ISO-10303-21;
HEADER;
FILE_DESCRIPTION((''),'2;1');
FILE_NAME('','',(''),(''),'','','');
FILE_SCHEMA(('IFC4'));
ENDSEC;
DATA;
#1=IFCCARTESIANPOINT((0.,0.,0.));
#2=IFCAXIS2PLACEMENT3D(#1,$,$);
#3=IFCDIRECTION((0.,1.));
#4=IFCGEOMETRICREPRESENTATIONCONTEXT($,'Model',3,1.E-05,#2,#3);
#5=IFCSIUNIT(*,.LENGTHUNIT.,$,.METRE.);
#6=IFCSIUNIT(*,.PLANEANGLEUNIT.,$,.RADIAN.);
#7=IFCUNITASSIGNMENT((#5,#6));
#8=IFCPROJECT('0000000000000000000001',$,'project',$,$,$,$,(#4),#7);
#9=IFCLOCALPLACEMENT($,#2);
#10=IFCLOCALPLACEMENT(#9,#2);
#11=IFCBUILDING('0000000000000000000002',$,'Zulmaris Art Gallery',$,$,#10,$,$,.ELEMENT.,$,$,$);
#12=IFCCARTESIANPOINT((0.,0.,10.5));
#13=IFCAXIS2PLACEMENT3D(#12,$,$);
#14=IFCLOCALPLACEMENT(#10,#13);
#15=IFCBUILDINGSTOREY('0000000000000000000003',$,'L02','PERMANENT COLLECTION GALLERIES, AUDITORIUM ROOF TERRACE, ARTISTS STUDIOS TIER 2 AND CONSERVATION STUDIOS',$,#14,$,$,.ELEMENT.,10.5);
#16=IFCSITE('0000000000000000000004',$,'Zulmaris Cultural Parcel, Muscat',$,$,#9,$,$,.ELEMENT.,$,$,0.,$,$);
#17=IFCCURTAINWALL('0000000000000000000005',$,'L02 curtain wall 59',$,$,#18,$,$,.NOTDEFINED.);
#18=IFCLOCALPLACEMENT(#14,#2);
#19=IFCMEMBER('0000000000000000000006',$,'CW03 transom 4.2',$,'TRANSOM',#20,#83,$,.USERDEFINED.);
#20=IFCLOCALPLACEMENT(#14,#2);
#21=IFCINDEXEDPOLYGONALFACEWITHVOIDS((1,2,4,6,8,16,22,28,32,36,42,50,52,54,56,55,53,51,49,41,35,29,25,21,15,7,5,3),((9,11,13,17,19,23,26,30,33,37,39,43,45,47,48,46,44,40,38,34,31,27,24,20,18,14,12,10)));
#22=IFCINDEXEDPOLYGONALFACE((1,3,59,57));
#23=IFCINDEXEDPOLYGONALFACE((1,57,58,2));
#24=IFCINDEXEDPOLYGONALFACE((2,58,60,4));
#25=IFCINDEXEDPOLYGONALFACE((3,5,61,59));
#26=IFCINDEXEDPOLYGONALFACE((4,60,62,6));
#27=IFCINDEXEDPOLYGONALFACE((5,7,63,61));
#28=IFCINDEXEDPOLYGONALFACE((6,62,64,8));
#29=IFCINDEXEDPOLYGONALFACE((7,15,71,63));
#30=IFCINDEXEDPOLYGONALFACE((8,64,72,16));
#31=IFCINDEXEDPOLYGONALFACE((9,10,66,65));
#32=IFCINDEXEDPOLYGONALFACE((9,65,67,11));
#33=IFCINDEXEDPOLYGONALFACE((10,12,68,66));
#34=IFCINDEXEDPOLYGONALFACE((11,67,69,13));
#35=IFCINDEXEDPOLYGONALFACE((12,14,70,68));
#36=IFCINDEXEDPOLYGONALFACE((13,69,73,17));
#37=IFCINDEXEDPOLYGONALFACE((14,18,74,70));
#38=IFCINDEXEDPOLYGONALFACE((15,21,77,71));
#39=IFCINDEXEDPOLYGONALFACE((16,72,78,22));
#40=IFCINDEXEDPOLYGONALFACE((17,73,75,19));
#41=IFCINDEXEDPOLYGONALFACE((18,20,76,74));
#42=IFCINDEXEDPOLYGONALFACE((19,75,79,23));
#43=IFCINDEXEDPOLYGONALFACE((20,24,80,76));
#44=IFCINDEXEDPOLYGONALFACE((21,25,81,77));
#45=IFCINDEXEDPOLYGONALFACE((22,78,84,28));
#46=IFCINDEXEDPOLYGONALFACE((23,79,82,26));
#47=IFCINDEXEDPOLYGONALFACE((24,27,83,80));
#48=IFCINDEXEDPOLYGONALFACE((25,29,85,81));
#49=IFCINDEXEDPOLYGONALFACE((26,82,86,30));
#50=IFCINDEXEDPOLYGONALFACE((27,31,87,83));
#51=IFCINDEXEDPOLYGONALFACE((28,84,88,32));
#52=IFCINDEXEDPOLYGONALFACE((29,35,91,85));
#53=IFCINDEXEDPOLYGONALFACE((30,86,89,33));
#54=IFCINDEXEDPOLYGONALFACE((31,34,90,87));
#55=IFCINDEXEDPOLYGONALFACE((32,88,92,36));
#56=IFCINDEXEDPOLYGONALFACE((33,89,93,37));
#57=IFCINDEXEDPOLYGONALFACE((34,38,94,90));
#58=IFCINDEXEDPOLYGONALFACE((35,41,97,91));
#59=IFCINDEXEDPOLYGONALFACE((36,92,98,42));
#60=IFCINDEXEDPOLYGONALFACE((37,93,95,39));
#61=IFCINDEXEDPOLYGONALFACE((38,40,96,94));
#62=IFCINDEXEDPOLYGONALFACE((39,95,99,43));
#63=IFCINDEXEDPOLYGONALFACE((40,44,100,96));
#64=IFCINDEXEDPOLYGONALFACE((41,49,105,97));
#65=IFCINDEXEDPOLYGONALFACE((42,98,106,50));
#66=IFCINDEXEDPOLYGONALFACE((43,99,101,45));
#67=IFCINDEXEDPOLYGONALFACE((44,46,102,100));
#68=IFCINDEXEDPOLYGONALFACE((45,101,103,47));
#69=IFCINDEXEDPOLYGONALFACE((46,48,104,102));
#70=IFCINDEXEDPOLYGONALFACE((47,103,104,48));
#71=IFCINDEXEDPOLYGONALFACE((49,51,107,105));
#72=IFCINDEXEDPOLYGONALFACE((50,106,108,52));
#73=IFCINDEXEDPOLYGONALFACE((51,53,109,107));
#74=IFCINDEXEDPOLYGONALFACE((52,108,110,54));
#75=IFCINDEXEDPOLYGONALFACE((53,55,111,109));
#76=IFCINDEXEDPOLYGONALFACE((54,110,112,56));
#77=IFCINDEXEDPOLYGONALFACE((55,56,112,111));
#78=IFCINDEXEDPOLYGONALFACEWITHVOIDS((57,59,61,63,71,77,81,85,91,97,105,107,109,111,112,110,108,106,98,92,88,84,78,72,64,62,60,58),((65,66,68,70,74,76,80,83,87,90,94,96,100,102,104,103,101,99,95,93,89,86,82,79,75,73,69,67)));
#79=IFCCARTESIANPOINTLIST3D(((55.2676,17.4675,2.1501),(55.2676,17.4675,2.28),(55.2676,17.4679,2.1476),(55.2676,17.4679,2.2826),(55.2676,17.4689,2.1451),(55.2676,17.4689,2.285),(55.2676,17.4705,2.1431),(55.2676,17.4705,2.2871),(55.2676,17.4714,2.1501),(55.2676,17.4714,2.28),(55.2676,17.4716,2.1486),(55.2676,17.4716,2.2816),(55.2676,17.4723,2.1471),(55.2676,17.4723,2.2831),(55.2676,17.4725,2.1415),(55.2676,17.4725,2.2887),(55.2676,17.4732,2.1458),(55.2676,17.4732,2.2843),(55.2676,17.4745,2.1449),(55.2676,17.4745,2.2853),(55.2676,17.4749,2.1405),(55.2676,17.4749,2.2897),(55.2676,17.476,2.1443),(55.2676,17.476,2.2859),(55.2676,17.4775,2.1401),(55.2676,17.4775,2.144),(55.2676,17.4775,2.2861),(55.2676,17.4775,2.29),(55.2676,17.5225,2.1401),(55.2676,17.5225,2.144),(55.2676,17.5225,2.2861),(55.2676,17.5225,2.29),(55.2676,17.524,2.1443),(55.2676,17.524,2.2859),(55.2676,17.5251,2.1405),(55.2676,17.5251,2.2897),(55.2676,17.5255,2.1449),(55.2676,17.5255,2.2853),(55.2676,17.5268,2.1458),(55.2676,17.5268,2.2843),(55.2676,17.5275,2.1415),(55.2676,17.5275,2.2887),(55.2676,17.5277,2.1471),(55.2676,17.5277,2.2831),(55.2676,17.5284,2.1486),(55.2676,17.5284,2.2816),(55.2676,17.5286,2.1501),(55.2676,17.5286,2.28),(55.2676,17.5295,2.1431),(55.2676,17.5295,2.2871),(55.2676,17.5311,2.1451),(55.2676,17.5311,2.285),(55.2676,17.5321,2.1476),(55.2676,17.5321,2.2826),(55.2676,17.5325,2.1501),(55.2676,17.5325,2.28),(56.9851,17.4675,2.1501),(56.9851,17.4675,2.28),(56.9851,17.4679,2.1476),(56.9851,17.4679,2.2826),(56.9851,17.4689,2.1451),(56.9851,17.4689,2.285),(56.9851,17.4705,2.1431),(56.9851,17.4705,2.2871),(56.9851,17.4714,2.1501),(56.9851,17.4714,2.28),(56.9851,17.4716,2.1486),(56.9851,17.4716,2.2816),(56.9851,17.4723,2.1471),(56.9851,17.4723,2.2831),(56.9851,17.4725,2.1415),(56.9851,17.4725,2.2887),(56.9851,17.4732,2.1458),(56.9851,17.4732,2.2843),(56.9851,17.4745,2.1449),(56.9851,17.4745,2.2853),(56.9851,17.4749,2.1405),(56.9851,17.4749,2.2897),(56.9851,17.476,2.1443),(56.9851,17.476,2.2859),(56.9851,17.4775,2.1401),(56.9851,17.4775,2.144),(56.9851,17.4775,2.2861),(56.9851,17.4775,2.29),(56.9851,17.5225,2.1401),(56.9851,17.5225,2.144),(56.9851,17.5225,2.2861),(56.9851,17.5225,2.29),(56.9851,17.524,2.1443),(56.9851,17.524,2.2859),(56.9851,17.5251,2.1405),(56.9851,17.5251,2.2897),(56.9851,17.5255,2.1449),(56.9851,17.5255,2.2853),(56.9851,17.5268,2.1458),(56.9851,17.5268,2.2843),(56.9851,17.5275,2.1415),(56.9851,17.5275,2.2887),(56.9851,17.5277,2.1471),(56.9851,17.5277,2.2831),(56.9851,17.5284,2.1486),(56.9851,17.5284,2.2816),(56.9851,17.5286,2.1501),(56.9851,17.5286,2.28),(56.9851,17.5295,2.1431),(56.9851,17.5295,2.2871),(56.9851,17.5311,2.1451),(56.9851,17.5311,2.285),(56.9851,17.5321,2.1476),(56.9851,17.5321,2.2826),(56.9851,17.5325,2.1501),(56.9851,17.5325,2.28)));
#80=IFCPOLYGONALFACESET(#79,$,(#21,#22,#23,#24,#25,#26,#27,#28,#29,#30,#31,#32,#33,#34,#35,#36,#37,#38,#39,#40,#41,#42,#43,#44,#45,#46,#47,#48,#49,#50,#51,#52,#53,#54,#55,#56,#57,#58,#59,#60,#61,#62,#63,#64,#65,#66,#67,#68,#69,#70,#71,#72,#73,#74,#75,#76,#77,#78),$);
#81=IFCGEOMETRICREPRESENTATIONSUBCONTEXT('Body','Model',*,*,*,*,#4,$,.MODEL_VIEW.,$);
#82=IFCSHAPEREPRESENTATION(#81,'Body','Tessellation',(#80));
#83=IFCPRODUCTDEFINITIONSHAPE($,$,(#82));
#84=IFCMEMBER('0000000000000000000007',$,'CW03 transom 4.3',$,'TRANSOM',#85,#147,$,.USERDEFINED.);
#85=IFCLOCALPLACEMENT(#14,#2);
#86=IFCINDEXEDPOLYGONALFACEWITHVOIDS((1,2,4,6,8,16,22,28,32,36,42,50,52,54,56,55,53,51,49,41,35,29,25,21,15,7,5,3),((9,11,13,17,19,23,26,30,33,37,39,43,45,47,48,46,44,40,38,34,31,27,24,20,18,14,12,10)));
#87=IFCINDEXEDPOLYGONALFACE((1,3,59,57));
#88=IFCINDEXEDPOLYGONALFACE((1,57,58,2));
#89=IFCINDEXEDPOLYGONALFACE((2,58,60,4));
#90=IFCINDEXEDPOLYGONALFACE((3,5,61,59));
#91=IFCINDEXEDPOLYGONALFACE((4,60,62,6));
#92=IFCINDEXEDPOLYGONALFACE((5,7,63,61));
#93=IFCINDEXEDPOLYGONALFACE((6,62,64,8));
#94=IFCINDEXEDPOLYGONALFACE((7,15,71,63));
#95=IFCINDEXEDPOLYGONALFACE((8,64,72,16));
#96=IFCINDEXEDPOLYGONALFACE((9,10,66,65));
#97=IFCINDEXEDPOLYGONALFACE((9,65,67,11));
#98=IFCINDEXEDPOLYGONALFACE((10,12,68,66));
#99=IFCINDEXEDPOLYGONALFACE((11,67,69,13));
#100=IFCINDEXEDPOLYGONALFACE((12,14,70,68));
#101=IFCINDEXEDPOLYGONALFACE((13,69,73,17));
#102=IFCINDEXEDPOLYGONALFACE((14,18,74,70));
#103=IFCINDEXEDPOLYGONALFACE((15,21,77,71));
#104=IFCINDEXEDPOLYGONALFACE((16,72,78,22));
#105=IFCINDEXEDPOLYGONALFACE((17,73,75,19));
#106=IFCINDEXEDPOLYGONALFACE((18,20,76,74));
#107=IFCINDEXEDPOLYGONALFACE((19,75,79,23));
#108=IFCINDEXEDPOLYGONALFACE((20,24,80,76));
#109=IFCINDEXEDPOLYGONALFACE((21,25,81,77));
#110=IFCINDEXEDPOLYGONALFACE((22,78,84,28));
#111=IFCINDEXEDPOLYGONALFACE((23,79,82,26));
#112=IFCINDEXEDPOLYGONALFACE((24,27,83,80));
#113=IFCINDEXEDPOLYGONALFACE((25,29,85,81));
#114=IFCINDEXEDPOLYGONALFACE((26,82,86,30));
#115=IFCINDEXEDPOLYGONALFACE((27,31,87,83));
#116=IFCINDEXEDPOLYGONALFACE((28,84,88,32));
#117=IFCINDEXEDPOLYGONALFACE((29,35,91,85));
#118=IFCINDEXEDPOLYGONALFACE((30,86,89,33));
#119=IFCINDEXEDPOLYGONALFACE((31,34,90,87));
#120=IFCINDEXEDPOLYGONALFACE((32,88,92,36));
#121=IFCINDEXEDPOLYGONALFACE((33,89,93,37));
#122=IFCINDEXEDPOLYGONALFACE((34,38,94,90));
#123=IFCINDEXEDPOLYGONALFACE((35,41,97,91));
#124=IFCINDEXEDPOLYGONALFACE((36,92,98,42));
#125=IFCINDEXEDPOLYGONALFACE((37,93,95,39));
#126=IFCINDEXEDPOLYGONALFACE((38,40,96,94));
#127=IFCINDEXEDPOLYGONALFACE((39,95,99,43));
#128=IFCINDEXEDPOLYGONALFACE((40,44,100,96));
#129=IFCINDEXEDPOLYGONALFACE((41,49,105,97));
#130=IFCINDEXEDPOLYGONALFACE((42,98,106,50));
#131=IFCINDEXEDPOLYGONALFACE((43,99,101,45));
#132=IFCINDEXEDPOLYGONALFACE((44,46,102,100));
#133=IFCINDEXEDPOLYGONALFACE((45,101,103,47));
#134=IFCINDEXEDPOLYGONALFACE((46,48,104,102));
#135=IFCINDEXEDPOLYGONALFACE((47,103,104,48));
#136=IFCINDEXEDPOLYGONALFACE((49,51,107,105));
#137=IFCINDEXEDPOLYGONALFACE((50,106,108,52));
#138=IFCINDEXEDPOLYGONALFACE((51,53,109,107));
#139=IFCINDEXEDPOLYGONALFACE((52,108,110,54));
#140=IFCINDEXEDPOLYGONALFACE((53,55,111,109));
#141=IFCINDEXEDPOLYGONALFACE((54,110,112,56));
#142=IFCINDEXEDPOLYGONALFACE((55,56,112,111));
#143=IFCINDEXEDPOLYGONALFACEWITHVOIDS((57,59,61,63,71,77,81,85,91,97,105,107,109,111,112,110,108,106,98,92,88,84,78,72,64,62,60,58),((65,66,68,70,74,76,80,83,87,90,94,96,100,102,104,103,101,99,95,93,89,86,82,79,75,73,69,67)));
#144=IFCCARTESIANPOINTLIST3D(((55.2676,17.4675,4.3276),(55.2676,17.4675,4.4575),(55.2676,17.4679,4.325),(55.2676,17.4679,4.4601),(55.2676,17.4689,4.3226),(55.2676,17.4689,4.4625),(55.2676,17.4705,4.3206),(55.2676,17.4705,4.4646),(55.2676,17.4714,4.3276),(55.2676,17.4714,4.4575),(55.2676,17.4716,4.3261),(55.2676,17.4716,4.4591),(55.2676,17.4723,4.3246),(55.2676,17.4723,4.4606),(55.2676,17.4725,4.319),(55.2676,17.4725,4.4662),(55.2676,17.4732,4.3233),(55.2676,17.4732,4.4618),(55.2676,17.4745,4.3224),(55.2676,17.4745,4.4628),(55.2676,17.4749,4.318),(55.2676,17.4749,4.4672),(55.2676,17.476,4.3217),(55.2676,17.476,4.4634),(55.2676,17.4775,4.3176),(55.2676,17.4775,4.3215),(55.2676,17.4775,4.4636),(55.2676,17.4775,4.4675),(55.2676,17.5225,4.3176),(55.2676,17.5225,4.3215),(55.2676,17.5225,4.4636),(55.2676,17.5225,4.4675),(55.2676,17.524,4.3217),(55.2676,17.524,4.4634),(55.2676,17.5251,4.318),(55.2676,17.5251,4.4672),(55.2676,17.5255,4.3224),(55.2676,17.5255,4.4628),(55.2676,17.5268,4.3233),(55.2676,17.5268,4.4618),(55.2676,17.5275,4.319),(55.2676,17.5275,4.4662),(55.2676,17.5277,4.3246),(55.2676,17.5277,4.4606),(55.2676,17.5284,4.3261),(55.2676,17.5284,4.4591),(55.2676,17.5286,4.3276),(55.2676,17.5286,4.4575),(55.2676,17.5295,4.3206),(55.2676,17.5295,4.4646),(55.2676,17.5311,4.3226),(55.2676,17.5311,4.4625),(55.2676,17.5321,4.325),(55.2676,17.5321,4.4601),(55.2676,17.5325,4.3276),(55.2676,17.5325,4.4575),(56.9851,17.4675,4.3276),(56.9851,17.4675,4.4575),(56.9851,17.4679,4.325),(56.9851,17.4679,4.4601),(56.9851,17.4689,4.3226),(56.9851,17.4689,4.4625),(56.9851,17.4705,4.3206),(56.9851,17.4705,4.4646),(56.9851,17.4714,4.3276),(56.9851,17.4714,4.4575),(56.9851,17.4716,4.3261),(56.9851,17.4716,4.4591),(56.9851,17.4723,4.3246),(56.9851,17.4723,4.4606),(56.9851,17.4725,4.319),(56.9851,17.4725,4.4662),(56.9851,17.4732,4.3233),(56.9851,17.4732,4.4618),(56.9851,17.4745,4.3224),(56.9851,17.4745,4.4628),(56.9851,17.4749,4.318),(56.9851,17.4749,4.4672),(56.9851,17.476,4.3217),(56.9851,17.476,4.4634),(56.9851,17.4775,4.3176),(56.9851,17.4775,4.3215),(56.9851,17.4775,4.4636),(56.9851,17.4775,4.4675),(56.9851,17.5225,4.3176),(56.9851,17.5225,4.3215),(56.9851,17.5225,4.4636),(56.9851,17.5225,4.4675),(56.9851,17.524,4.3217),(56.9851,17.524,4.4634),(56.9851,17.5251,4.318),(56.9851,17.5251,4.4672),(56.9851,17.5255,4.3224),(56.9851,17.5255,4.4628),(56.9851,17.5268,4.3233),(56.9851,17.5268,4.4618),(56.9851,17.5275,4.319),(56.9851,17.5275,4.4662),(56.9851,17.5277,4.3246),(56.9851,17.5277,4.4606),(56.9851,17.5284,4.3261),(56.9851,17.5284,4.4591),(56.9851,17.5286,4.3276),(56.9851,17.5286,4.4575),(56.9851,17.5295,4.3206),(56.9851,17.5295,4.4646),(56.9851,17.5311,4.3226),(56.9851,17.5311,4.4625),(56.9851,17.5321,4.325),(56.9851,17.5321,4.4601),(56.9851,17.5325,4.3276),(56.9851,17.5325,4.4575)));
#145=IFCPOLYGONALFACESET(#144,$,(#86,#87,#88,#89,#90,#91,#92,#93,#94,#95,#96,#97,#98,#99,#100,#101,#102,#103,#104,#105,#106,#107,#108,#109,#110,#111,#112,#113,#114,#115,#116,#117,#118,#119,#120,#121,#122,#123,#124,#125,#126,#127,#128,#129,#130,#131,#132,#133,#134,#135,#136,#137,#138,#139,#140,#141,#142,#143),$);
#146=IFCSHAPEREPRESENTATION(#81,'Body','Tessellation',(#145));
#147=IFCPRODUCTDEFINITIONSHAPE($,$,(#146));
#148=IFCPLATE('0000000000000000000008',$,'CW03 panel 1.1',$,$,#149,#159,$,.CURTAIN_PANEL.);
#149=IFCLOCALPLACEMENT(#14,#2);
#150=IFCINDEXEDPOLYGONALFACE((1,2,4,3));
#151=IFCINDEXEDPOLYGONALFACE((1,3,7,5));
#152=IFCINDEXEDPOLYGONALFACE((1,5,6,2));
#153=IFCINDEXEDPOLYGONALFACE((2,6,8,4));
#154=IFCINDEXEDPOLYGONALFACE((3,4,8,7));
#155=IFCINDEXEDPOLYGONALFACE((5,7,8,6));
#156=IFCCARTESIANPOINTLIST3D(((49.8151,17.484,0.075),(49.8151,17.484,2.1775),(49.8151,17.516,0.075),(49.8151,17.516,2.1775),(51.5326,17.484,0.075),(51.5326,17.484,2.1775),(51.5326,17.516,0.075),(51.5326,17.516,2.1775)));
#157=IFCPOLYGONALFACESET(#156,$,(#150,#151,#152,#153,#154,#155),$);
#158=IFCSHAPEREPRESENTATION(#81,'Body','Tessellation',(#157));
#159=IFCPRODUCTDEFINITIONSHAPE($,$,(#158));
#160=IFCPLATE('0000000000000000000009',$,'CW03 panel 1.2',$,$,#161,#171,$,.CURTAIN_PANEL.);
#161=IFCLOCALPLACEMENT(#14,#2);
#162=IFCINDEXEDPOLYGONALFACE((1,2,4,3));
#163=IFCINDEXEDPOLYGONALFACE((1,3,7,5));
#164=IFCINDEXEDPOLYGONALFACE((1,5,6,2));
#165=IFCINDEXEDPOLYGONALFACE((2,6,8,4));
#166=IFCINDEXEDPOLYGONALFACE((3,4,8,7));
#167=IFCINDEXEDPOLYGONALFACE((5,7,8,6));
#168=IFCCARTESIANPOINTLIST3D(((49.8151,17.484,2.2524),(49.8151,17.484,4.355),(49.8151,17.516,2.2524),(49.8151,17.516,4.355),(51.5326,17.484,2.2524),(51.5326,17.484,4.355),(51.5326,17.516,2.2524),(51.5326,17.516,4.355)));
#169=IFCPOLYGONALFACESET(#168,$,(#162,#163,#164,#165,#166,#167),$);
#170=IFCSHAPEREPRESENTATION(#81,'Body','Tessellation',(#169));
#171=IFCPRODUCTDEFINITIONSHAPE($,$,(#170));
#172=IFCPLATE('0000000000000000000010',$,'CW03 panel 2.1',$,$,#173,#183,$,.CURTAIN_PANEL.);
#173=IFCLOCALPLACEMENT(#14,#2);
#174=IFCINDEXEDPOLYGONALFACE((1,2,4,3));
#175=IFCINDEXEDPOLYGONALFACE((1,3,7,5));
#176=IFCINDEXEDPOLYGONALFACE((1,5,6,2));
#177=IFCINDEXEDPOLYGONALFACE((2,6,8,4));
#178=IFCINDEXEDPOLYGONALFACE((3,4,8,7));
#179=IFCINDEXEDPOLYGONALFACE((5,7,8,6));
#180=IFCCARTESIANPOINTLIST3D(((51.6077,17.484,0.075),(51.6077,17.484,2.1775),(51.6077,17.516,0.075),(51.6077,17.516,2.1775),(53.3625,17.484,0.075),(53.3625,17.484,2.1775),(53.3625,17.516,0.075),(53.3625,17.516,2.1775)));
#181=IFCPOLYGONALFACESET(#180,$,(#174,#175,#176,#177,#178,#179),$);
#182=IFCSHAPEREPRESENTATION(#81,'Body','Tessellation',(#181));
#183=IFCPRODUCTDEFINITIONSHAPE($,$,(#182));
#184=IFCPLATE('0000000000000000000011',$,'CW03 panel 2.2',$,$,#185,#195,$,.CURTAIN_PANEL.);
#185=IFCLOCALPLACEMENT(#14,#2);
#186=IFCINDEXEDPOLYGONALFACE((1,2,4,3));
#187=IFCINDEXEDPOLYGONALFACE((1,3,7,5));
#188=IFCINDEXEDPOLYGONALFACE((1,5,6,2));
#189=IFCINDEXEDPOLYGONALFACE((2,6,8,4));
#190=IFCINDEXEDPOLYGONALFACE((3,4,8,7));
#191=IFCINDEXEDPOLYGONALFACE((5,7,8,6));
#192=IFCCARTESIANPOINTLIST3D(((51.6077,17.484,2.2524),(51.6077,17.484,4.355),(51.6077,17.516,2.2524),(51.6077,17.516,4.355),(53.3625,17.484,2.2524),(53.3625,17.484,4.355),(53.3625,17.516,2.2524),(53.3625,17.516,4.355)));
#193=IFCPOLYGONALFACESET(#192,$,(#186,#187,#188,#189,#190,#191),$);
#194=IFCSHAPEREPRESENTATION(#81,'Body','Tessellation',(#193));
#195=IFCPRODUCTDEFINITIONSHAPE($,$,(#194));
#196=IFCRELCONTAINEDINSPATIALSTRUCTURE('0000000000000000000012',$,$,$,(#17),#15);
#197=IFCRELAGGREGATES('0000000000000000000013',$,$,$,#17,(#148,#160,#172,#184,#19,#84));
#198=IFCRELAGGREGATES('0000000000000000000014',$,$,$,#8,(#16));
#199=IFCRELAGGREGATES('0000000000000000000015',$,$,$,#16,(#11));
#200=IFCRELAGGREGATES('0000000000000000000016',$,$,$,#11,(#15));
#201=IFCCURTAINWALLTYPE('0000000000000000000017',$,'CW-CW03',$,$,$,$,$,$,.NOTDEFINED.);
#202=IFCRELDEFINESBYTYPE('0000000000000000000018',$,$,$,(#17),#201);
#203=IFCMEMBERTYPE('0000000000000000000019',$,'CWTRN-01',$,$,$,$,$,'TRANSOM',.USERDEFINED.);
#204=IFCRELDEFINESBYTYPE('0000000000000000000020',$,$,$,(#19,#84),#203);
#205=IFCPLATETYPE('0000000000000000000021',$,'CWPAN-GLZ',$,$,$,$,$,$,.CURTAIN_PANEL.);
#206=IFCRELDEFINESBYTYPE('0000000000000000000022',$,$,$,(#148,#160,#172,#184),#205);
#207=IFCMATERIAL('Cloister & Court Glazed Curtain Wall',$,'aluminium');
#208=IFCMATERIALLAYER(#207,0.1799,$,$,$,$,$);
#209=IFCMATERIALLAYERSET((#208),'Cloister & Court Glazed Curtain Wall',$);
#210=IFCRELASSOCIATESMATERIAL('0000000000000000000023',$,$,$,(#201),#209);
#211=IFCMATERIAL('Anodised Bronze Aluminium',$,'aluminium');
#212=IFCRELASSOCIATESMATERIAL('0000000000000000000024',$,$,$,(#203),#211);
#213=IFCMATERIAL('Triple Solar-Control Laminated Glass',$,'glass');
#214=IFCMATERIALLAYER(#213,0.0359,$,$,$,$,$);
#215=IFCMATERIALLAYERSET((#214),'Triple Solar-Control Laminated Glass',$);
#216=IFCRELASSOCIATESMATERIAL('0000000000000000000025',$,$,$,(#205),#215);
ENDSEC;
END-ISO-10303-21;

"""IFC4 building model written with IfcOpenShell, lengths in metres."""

from ifc_helpers import new_model, si_unit, direction, frame, origin, origin_2d, place, context, subcontext, project, spatial, rectangle, hollow_rectangle, extrude, material, layer, layer_set, material_profile, profile_set, type_object, element, aggregate, save


model = new_model("IFC4")

# Units and contexts
model_context = context("Model", 3, precision=1e-05, world=origin(), true_north=direction((0.0, 1.0)))
body_context = subcontext(model_context, "Body", "Model", "MODEL_VIEW")
ifc_project = project(units=[si_unit("LENGTHUNIT", "METRE"), si_unit("PLANEANGLEUNIT", "RADIAN")], contexts=[model_context])

# Site, building, storey
site_placement = place(None, origin())
site = spatial("IfcSite", under=ifc_project, at=site_placement, Name="Zulmaris Cultural Parcel, Muscat", CompositionType="ELEMENT", RefElevation=0.0)
building_placement = place(site_placement, origin())
building = spatial("IfcBuilding", under=site, at=building_placement, Name="Zulmaris Art Gallery", CompositionType="ELEMENT")
storey_placement = place(building_placement, frame((0.0, 0.0, 10.5)))
storey = spatial("IfcBuildingStorey", under=building, at=storey_placement, Name="L02", Description="PERMANENT COLLECTION GALLERIES, AUDITORIUM ROOF TERRACE, ARTISTS STUDIOS TIER 2 AND CONSERVATION STUDIOS", CompositionType="ELEMENT", Elevation=10.5)

# Curtain wall, members, plates
ifc_material_1 = material(Name="Cloister & Court Glazed Curtain Wall", Category="aluminium")
ifc_layer_1 = layer(ifc_material_1, 0.1799)
ifc_layer_set_1 = layer_set([ifc_layer_1], Name="Cloister & Court Glazed Curtain Wall")
curtain_wall_type = type_object("IfcCurtainWallType", Name="CW-CW03", PredefinedType="NOTDEFINED", material=ifc_layer_set_1)
curtain_wall_placement = place(storey_placement, origin())
curtain_wall = element("IfcCurtainWall", 1, at=curtain_wall_placement, inside=storey, type_object=curtain_wall_type, Name="L02 curtain wall 59", PredefinedType="NOTDEFINED")
ifc_material_2 = material(Name="Anodised Bronze Aluminium", Category="aluminium")
ifc_material_profile_1 = material_profile(ifc_material_2, hollow_rectangle(XDim=0.0649, YDim=0.1499, WallThickness=0.0039, InnerFilletRadius=0.0061, OuterFilletRadius=0.01, at=origin_2d()), Name="ALU 65x150x4")
ifc_profile_set_1 = profile_set([ifc_material_profile_1], Name="Anodised Bronze Aluminium")
member_type_1 = type_object("IfcMemberType", Name="CWTRN-01", ElementType="TRANSOM", PredefinedType="USERDEFINED", material=ifc_profile_set_1)
member_1_placement = place(storey_placement, frame((55.2676, 17.5, 2.2151), z_axis=(1.0, 0.0, 0.0), x_axis=(0.0, 1.0, 0.0)))
member_1 = element("IfcMember", 2, at=member_1_placement, type_object=member_type_1, Name="CW03 transom 4.2", ObjectType="TRANSOM", PredefinedType="USERDEFINED", context=body_context, shape_type="SweptSolid", body=[
    extrude(hollow_rectangle(XDim=0.0649, YDim=0.1499, WallThickness=0.0039, InnerFilletRadius=0.0061, OuterFilletRadius=0.01, at=origin_2d()), origin(), (0.0, 0.0, 1.0), 1.7175),
])
member_2_placement = place(storey_placement, frame((55.2676, 17.5, 4.3926), z_axis=(1.0, 0.0, 0.0), x_axis=(0.0, 1.0, 0.0)))
member_2 = element("IfcMember", 3, at=member_2_placement, type_object=member_type_1, Name="CW03 transom 4.3", ObjectType="TRANSOM", PredefinedType="USERDEFINED", context=body_context, shape_type="SweptSolid", body=[
    extrude(hollow_rectangle(XDim=0.0649, YDim=0.1499, WallThickness=0.0039, InnerFilletRadius=0.0061, OuterFilletRadius=0.01, at=origin_2d()), origin(), (0.0, 0.0, 1.0), 1.7175),
])
ifc_material_3 = material(Name="Triple Solar-Control Laminated Glass", Category="glass")
ifc_layer_2 = layer(ifc_material_3, 0.0359)
ifc_layer_set_2 = layer_set([ifc_layer_2], Name="Triple Solar-Control Laminated Glass")
plate_type = type_object("IfcPlateType", Name="CWPAN-GLZ", PredefinedType="CURTAIN_PANEL", material=ifc_layer_set_2)
plate_1_placement = place(storey_placement, frame((50.6738, 17.5, 0.075), z_axis=(0.0, 0.0, 1.0), x_axis=(1.0, 0.0, 0.0)))
plate_1 = element("IfcPlate", 4, at=plate_1_placement, type_object=plate_type, Name="CW03 panel 1.1", PredefinedType="CURTAIN_PANEL", context=body_context, shape_type="SweptSolid", body=[
    extrude(rectangle(XDim=1.7175, YDim=0.032, at=origin_2d()), origin(), (0.0, 0.0, 1.0), 2.1025),
])
plate_2_placement = place(storey_placement, frame((50.6738, 17.5, 2.2524), z_axis=(0.0, 0.0, 1.0), x_axis=(1.0, 0.0, 0.0)))
plate_2 = element("IfcPlate", 5, at=plate_2_placement, type_object=plate_type, Name="CW03 panel 1.2", PredefinedType="CURTAIN_PANEL", context=body_context, shape_type="SweptSolid", body=[
    extrude(rectangle(XDim=1.7175, YDim=0.032, at=origin_2d()), origin(), (0.0, 0.0, 1.0), 2.1025),
])
plate_3_placement = place(storey_placement, frame((52.4851, 17.5, 0.075), z_axis=(0.0, 0.0, 1.0), x_axis=(1.0, 0.0, 0.0)))
plate_3 = element("IfcPlate", 6, at=plate_3_placement, type_object=plate_type, Name="CW03 panel 2.1", PredefinedType="CURTAIN_PANEL", context=body_context, shape_type="SweptSolid", body=[
    extrude(rectangle(XDim=1.7549, YDim=0.032, at=origin_2d()), origin(), (0.0, 0.0, 1.0), 2.1025),
])
plate_4_placement = place(storey_placement, frame((52.4851, 17.5, 2.2524), z_axis=(0.0, 0.0, 1.0), x_axis=(1.0, 0.0, 0.0)))
plate_4 = element("IfcPlate", 7, at=plate_4_placement, type_object=plate_type, Name="CW03 panel 2.2", PredefinedType="CURTAIN_PANEL", context=body_context, shape_type="SweptSolid", body=[
    extrude(rectangle(XDim=1.7549, YDim=0.032, at=origin_2d()), origin(), (0.0, 0.0, 1.0), 2.1025),
])
aggregate(curtain_wall, [plate_1, plate_2, plate_3, plate_4, member_1, member_2])

save(model, "model.ifc")
